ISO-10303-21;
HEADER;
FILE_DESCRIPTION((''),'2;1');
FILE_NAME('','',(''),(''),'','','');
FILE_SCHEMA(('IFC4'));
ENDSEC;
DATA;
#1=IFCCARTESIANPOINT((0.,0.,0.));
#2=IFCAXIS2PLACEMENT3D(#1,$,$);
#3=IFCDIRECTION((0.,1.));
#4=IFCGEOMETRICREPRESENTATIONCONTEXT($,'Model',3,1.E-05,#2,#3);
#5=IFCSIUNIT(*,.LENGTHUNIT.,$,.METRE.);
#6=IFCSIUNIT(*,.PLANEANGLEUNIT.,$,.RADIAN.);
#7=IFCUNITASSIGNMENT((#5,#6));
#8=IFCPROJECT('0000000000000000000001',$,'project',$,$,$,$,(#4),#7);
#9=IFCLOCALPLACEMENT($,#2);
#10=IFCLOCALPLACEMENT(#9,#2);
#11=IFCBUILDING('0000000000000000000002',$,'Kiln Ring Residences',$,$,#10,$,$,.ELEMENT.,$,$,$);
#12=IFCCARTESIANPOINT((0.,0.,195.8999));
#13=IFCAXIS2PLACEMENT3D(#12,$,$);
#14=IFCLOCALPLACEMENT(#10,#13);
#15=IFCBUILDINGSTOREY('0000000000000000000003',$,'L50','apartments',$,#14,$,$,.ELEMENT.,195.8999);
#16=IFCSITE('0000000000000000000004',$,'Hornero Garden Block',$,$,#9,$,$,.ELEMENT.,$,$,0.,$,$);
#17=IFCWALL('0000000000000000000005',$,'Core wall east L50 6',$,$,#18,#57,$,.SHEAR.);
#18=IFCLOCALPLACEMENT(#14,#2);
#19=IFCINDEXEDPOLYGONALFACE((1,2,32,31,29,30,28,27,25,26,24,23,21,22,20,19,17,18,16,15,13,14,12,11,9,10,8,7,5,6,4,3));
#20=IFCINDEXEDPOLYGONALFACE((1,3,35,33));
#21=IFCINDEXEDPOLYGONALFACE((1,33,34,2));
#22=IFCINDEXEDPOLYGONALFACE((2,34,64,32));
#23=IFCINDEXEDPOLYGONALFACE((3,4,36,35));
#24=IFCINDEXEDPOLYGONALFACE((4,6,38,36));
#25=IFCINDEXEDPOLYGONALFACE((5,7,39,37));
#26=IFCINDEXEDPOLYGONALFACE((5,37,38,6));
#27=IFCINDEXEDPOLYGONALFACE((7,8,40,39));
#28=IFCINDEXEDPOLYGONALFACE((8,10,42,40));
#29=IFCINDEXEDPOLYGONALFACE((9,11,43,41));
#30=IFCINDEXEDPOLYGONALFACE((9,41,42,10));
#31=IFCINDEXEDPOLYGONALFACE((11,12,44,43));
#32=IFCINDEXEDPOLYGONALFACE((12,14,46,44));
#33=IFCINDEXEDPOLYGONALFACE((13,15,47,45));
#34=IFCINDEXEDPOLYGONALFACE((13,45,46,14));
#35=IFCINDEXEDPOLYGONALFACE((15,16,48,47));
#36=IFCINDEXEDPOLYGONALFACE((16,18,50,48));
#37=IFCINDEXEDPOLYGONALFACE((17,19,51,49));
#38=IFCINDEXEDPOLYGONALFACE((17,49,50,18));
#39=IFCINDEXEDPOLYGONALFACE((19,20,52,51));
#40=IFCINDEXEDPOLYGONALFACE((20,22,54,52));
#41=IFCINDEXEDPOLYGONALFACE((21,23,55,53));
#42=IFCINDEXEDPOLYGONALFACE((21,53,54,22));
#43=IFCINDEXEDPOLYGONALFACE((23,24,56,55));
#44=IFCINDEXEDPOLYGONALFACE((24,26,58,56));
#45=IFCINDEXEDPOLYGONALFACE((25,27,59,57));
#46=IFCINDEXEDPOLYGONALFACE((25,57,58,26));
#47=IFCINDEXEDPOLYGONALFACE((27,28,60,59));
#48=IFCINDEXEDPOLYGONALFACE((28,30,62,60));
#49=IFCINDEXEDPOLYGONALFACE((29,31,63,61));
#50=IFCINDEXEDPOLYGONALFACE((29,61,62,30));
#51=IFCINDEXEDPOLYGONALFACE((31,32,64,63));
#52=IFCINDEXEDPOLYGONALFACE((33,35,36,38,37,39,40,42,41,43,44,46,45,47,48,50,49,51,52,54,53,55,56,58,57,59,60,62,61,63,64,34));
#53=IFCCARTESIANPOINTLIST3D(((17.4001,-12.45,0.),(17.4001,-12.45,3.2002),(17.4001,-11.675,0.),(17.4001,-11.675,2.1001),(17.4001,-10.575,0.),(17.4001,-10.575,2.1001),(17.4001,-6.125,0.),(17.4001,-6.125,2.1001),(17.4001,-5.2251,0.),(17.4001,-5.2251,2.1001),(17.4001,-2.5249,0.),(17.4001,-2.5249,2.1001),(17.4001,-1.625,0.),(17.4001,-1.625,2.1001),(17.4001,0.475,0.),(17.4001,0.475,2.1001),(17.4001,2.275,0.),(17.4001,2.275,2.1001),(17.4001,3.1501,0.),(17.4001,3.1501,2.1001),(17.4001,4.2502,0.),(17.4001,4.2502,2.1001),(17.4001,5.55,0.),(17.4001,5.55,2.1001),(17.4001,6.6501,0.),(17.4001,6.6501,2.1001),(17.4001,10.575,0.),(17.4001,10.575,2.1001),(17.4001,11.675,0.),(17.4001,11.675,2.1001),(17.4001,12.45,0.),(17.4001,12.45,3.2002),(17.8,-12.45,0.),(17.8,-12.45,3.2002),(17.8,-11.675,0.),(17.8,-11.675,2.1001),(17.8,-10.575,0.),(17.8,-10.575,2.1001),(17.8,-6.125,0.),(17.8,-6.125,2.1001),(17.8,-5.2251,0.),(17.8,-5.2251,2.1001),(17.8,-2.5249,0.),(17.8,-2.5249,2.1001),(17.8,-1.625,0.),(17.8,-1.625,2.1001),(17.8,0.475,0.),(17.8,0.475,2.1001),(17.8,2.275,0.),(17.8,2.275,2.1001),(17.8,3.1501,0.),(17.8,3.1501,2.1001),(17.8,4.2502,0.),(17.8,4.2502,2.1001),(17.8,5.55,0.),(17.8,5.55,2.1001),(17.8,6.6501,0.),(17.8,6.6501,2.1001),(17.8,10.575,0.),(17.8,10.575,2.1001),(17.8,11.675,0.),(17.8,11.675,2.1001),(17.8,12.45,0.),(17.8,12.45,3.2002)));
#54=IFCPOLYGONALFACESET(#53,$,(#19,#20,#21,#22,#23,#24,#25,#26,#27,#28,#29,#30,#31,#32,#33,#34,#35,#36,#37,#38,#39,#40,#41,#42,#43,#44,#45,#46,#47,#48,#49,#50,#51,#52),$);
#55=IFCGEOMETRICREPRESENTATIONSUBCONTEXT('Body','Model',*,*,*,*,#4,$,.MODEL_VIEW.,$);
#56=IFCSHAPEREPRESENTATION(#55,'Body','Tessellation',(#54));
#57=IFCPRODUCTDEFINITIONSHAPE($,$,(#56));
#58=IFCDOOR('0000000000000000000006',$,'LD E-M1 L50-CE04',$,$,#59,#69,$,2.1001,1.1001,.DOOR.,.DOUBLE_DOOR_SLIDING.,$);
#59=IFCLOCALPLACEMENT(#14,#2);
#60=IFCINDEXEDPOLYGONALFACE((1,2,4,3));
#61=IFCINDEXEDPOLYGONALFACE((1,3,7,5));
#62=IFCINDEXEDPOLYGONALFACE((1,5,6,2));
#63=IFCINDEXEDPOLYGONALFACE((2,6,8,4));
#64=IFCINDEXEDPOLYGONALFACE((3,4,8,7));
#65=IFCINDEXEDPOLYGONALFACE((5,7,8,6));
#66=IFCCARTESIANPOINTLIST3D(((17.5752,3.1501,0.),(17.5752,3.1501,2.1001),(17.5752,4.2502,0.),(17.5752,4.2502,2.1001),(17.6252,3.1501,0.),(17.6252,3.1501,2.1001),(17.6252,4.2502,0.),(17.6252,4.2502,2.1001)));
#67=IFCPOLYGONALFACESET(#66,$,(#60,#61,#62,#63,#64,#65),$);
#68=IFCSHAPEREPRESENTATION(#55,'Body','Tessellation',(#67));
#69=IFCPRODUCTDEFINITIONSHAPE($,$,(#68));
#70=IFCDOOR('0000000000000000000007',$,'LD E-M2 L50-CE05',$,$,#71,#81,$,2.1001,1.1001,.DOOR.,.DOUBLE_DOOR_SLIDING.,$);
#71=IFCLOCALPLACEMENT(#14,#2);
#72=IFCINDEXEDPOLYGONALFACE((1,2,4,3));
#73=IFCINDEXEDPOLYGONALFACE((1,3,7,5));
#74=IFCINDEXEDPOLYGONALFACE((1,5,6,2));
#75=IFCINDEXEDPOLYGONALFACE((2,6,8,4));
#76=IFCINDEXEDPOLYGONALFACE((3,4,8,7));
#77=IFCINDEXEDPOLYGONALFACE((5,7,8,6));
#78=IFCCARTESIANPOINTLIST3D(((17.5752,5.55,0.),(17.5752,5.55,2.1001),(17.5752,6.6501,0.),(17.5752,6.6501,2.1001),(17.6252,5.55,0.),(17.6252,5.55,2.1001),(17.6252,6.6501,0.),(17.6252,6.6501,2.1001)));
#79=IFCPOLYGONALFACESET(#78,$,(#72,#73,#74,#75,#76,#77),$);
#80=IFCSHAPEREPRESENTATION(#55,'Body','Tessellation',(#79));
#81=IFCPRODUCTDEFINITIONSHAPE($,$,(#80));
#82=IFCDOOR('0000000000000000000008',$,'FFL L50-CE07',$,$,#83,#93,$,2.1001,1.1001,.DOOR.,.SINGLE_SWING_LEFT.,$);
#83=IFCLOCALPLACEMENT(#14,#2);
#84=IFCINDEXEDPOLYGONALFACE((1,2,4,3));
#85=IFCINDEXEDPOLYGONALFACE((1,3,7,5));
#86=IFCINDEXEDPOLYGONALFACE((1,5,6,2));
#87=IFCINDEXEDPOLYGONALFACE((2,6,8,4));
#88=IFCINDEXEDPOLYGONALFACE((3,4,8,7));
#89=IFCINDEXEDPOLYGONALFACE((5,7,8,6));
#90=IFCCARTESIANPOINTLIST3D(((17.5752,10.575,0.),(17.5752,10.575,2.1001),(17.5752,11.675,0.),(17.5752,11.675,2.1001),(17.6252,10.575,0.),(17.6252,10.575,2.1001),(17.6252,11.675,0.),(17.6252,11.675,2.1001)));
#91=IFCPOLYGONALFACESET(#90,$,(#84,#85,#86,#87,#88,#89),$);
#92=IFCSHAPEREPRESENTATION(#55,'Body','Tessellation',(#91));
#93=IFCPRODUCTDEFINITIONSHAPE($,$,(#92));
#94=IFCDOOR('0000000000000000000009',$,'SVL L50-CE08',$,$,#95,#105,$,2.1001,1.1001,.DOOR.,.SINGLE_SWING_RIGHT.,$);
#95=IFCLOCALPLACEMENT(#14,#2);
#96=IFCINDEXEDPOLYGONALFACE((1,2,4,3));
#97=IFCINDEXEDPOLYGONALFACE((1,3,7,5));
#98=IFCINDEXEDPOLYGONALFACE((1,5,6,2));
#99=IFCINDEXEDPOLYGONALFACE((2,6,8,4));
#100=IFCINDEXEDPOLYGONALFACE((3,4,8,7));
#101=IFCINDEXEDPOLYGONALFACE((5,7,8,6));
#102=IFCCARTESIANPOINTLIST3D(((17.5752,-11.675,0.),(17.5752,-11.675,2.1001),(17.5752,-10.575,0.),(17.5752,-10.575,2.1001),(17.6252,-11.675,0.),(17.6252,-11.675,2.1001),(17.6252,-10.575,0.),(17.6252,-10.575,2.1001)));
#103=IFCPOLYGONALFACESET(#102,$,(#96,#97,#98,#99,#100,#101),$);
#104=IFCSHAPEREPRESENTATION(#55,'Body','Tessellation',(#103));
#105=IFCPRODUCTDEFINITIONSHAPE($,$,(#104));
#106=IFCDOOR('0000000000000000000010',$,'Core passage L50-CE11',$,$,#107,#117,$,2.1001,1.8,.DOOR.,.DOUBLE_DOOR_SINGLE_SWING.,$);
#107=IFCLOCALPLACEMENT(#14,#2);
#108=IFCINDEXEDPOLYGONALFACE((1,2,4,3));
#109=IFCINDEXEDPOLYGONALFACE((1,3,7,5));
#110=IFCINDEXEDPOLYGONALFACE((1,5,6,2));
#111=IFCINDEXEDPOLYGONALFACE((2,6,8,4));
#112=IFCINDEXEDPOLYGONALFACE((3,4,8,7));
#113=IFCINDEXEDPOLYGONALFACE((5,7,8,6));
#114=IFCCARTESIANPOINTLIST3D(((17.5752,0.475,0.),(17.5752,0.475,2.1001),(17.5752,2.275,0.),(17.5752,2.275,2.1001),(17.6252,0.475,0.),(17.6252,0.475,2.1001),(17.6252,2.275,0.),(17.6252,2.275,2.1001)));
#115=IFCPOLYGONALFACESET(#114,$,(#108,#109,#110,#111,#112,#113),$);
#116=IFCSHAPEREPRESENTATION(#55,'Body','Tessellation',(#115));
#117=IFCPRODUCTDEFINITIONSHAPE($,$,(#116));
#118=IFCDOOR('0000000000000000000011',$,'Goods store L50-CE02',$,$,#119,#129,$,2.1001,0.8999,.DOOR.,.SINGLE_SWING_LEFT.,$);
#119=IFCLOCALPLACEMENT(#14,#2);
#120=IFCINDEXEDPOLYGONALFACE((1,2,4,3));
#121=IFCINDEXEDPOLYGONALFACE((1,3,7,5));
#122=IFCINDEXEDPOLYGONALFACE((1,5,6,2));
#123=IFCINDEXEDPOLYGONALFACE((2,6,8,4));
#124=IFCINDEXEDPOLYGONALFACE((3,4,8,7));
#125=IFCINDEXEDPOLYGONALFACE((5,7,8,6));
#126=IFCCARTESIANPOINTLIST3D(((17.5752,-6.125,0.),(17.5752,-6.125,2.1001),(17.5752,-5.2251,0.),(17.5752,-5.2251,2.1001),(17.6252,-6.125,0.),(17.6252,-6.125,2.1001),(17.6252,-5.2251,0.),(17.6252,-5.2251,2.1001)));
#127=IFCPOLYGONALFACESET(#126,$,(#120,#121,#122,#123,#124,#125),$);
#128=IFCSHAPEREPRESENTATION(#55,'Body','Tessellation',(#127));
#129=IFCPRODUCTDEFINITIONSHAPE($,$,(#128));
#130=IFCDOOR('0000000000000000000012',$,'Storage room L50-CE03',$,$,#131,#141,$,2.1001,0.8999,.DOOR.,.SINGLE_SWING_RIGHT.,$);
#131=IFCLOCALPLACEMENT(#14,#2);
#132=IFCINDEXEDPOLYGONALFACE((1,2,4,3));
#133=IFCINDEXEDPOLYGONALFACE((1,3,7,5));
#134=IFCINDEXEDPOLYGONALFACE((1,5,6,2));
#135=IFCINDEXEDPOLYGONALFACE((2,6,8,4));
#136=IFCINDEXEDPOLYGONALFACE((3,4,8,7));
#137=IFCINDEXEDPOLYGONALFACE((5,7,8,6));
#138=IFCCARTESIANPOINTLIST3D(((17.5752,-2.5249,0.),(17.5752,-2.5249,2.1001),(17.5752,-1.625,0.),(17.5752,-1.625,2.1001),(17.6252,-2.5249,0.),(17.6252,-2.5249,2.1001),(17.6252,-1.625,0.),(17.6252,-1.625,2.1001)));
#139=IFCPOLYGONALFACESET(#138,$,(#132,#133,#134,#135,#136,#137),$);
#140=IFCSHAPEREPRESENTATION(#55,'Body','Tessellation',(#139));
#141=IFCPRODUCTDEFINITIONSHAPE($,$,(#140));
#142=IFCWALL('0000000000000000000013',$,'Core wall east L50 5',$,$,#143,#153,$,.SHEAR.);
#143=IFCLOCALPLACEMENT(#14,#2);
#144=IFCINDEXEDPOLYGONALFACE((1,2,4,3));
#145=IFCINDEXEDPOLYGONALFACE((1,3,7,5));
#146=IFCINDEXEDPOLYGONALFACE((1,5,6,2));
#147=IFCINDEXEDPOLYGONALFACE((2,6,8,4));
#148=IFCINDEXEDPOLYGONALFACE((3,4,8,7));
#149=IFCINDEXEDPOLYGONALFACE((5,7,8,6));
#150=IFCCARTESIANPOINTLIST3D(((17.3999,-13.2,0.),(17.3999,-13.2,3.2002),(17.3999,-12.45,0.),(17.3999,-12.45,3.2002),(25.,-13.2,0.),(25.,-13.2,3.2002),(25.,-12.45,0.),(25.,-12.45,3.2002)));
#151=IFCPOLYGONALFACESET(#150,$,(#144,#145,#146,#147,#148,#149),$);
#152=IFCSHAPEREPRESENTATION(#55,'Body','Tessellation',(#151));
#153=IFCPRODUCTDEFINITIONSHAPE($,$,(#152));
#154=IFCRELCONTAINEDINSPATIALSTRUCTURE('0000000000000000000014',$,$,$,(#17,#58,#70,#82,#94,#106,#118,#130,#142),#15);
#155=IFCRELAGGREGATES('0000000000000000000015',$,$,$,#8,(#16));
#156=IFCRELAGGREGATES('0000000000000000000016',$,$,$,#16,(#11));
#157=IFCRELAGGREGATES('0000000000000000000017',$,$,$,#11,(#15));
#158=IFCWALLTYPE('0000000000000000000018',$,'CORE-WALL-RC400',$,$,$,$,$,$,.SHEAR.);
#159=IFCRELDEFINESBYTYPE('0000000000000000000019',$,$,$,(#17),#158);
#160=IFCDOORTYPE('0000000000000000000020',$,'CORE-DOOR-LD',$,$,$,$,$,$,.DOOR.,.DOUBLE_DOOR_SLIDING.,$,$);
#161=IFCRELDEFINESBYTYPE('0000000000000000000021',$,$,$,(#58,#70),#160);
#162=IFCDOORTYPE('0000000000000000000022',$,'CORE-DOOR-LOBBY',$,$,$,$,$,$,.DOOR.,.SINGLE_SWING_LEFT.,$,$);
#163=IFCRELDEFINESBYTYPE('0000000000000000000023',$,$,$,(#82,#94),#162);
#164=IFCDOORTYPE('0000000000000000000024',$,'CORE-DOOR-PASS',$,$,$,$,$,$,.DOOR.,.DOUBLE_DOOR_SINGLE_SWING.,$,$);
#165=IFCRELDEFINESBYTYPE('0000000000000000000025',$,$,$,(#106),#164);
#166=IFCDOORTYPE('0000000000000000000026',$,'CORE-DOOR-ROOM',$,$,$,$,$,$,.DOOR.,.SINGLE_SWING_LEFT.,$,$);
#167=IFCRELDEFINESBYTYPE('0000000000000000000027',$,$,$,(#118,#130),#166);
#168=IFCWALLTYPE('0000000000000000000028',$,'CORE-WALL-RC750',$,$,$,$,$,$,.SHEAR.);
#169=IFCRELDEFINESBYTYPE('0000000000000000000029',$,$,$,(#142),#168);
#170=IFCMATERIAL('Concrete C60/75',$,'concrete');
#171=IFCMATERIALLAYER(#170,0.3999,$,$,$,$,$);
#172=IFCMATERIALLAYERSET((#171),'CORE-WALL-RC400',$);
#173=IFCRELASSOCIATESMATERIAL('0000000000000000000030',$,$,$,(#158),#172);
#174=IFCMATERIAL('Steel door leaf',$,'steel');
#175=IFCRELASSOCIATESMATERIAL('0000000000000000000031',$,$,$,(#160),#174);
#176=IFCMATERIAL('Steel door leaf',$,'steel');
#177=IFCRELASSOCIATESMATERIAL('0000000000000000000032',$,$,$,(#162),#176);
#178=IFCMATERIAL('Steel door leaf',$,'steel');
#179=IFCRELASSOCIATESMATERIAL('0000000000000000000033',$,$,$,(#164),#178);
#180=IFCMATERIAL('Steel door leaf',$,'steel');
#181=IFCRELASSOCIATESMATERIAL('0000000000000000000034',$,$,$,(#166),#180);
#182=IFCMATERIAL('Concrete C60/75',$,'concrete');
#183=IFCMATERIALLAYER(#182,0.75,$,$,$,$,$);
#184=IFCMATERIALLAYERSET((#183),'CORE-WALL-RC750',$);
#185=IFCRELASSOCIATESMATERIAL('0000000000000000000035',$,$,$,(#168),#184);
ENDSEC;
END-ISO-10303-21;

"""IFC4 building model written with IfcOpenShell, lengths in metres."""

from ifc_helpers import new_model, si_unit, direction, frame, frame_2d, origin, place, context, subcontext, project, spatial, rectangle, extrude, material, layer, layer_set, type_object, element, fill, save


model = new_model("IFC4")

# Units and contexts
model_context = context("Model", 3, precision=1e-05, world=origin(), true_north=direction((0.0, 1.0)))
body_context = subcontext(model_context, "Body", "Model", "MODEL_VIEW")
ifc_project = project(units=[si_unit("LENGTHUNIT", "METRE"), si_unit("PLANEANGLEUNIT", "RADIAN")], contexts=[model_context])

# Site, building, storey
site_placement = place(None, origin())
site = spatial("IfcSite", under=ifc_project, at=site_placement, Name="Hornero Garden Block", CompositionType="ELEMENT", RefElevation=0.0)
building_placement = place(site_placement, origin())
building = spatial("IfcBuilding", under=site, at=building_placement, Name="Kiln Ring Residences", CompositionType="ELEMENT")
storey_placement = place(building_placement, frame((0.0, 0.0, 195.8999)))
storey = spatial("IfcBuildingStorey", under=building, at=storey_placement, Name="L50", Description="apartments", CompositionType="ELEMENT", Elevation=195.8999)

# Wall, openings, doors
ifc_material_1 = material(Name="Concrete C60/75", Category="concrete")
ifc_layer_1 = layer(ifc_material_1, 0.3999)
ifc_layer_set_1 = layer_set([ifc_layer_1], Name="CORE-WALL-RC400")
wall_type_1 = type_object("IfcWallType", Name="CORE-WALL-RC400", PredefinedType="SHEAR", material=ifc_layer_set_1)
wall_1_placement = place(storey_placement, frame((17.6001, -12.45, 0.0), z_axis=(0.0, 0.0, 1.0), x_axis=(0.0, 1.0, 0.0)))
wall_1 = element("IfcWall", 1, at=wall_1_placement, inside=storey, type_object=wall_type_1, Name="Core wall east L50 6", PredefinedType="SHEAR", context=body_context, shape_type="SweptSolid", body=[
    extrude(rectangle(XDim=24.8999, YDim=0.3999, at=frame_2d((12.45, 0.0))), origin(), (0.0, 0.0, 1.0), 3.2002),
])
opening_1_placement = place(wall_1_placement, frame((6.325, 0.0, 0.0)))
opening_1 = element("IfcOpeningElement", 2, at=opening_1_placement, cuts=wall_1, PredefinedType="OPENING", context=body_context, shape_type="SweptSolid", body=[
    extrude(rectangle(XDim=0.8999, YDim=2.1001, at=frame_2d((0.45, 1.05))), frame((0.0, 0.21, 0.0), z_axis=(0.0, -1.0, 0.0), x_axis=(1.0, 0.0, 0.0)), (0.0, 0.0, 1.0), 0.4199),
])
opening_2_placement = place(wall_1_placement, frame((9.925, 0.0, 0.0)))
opening_2 = element("IfcOpeningElement", 3, at=opening_2_placement, cuts=wall_1, PredefinedType="OPENING", context=body_context, shape_type="SweptSolid", body=[
    extrude(rectangle(XDim=0.8999, YDim=2.1001, at=frame_2d((0.45, 1.05))), frame((0.0, 0.21, 0.0), z_axis=(0.0, -1.0, 0.0), x_axis=(1.0, 0.0, 0.0)), (0.0, 0.0, 1.0), 0.4199),
])
opening_3_placement = place(wall_1_placement, frame((15.6001, 0.0, 0.0)))
opening_3 = element("IfcOpeningElement", 4, at=opening_3_placement, cuts=wall_1, PredefinedType="OPENING", context=body_context, shape_type="SweptSolid", body=[
    extrude(rectangle(XDim=1.1001, YDim=2.1001, at=frame_2d((0.55, 1.05))), frame((0.0, 0.21, 0.0), z_axis=(0.0, -1.0, 0.0), x_axis=(1.0, 0.0, 0.0)), (0.0, 0.0, 1.0), 0.4199),
])
opening_4_placement = place(wall_1_placement, frame((18.0, 0.0, 0.0)))
opening_4 = element("IfcOpeningElement", 5, at=opening_4_placement, cuts=wall_1, PredefinedType="OPENING", context=body_context, shape_type="SweptSolid", body=[
    extrude(rectangle(XDim=1.1001, YDim=2.1001, at=frame_2d((0.55, 1.05))), frame((0.0, 0.21, 0.0), z_axis=(0.0, -1.0, 0.0), x_axis=(1.0, 0.0, 0.0)), (0.0, 0.0, 1.0), 0.4199),
])
opening_5_placement = place(wall_1_placement, frame((23.0249, 0.0, 0.0)))
opening_5 = element("IfcOpeningElement", 6, at=opening_5_placement, cuts=wall_1, PredefinedType="OPENING", context=body_context, shape_type="SweptSolid", body=[
    extrude(rectangle(XDim=1.1001, YDim=2.1001, at=frame_2d((0.55, 1.05))), frame((0.0, 0.21, 0.0), z_axis=(0.0, -1.0, 0.0), x_axis=(1.0, 0.0, 0.0)), (0.0, 0.0, 1.0), 0.4199),
])
opening_6_placement = place(wall_1_placement, frame((0.7749, 0.0, 0.0)))
opening_6 = element("IfcOpeningElement", 7, at=opening_6_placement, cuts=wall_1, PredefinedType="OPENING", context=body_context, shape_type="SweptSolid", body=[
    extrude(rectangle(XDim=1.1001, YDim=2.1001, at=frame_2d((0.55, 1.05))), frame((0.0, 0.21, 0.0), z_axis=(0.0, -1.0, 0.0), x_axis=(1.0, 0.0, 0.0)), (0.0, 0.0, 1.0), 0.4199),
])
opening_7_placement = place(wall_1_placement, frame((12.925, 0.0, 0.0)))
opening_7 = element("IfcOpeningElement", 8, at=opening_7_placement, cuts=wall_1, PredefinedType="OPENING", context=body_context, shape_type="SweptSolid", body=[
    extrude(rectangle(XDim=1.8, YDim=2.1001, at=frame_2d((0.8999, 1.05))), frame((0.0, 0.21, 0.0), z_axis=(0.0, -1.0, 0.0), x_axis=(1.0, 0.0, 0.0)), (0.0, 0.0, 1.0), 0.4199),
])
ifc_material_2 = material(Name="Steel door leaf", Category="steel")
door_type_1 = type_object("IfcDoorType", Name="CORE-DOOR-LD", OperationType="DOUBLE_DOOR_SLIDING", PredefinedType="DOOR", material=ifc_material_2)
door_1_placement = place(opening_3_placement, origin())
door_1 = element("IfcDoor", 9, at=door_1_placement, inside=storey, type_object=door_type_1, Name="LD E-M1 L50-CE04", OperationType="DOUBLE_DOOR_SLIDING", OverallHeight=2.1001, OverallWidth=1.1001, PredefinedType="DOOR", context=body_context, shape_type="SweptSolid", body=[
    extrude(rectangle(XDim=1.1001, YDim=2.1001, at=frame_2d((0.55, 1.05))), frame((0.0, 0.0249, 0.0), z_axis=(0.0, -1.0, 0.0), x_axis=(1.0, 0.0, 0.0)), (0.0, 0.0, 1.0), 0.05),
])
fill(opening_3, door_1)
door_2_placement = place(opening_4_placement, origin())
door_2 = element("IfcDoor", 10, at=door_2_placement, inside=storey, type_object=door_type_1, Name="LD E-M2 L50-CE05", OperationType="DOUBLE_DOOR_SLIDING", OverallHeight=2.1001, OverallWidth=1.1001, PredefinedType="DOOR", context=body_context, shape_type="SweptSolid", body=[
    extrude(rectangle(XDim=1.1001, YDim=2.1001, at=frame_2d((0.55, 1.05))), frame((0.0, 0.0249, 0.0), z_axis=(0.0, -1.0, 0.0), x_axis=(1.0, 0.0, 0.0)), (0.0, 0.0, 1.0), 0.05),
])
fill(opening_4, door_2)
ifc_material_3 = material(Name="Steel door leaf", Category="steel")
door_type_2 = type_object("IfcDoorType", Name="CORE-DOOR-LOBBY", OperationType="SINGLE_SWING_LEFT", PredefinedType="DOOR", material=ifc_material_3)
door_3_placement = place(opening_5_placement, origin())
door_3 = element("IfcDoor", 11, at=door_3_placement, inside=storey, type_object=door_type_2, Name="FFL L50-CE07", OperationType="SINGLE_SWING_LEFT", OverallHeight=2.1001, OverallWidth=1.1001, PredefinedType="DOOR", context=body_context, shape_type="SweptSolid", body=[
    extrude(rectangle(XDim=1.1001, YDim=2.1001, at=frame_2d((0.55, 1.05))), frame((0.0, 0.0249, 0.0), z_axis=(0.0, -1.0, 0.0), x_axis=(1.0, 0.0, 0.0)), (0.0, 0.0, 1.0), 0.05),
])
fill(opening_5, door_3)
door_4_placement = place(opening_6_placement, origin())
door_4 = element("IfcDoor", 12, at=door_4_placement, inside=storey, type_object=door_type_2, Name="SVL L50-CE08", OperationType="SINGLE_SWING_RIGHT", OverallHeight=2.1001, OverallWidth=1.1001, PredefinedType="DOOR", context=body_context, shape_type="SweptSolid", body=[
    extrude(rectangle(XDim=1.1001, YDim=2.1001, at=frame_2d((0.55, 1.05))), frame((0.0, 0.0249, 0.0), z_axis=(0.0, -1.0, 0.0), x_axis=(1.0, 0.0, 0.0)), (0.0, 0.0, 1.0), 0.05),
])
fill(opening_6, door_4)
ifc_material_4 = material(Name="Steel door leaf", Category="steel")
door_type_3 = type_object("IfcDoorType", Name="CORE-DOOR-PASS", OperationType="DOUBLE_DOOR_SINGLE_SWING", PredefinedType="DOOR", material=ifc_material_4)
door_5_placement = place(opening_7_placement, origin())
door_5 = element("IfcDoor", 13, at=door_5_placement, inside=storey, type_object=door_type_3, Name="Core passage L50-CE11", OperationType="DOUBLE_DOOR_SINGLE_SWING", OverallHeight=2.1001, OverallWidth=1.8, PredefinedType="DOOR", context=body_context, shape_type="SweptSolid", body=[
    extrude(rectangle(XDim=1.8, YDim=2.1001, at=frame_2d((0.8999, 1.05))), frame((0.0, 0.0249, 0.0), z_axis=(0.0, -1.0, 0.0), x_axis=(1.0, 0.0, 0.0)), (0.0, 0.0, 1.0), 0.05),
])
fill(opening_7, door_5)
ifc_material_5 = material(Name="Steel door leaf", Category="steel")
door_type_4 = type_object("IfcDoorType", Name="CORE-DOOR-ROOM", OperationType="SINGLE_SWING_LEFT", PredefinedType="DOOR", material=ifc_material_5)
door_6_placement = place(opening_1_placement, origin())
door_6 = element("IfcDoor", 14, at=door_6_placement, inside=storey, type_object=door_type_4, Name="Goods store L50-CE02", OperationType="SINGLE_SWING_LEFT", OverallHeight=2.1001, OverallWidth=0.8999, PredefinedType="DOOR", context=body_context, shape_type="SweptSolid", body=[
    extrude(rectangle(XDim=0.8999, YDim=2.1001, at=frame_2d((0.45, 1.05))), frame((0.0, 0.0249, 0.0), z_axis=(0.0, -1.0, 0.0), x_axis=(1.0, 0.0, 0.0)), (0.0, 0.0, 1.0), 0.05),
])
fill(opening_1, door_6)
door_7_placement = place(opening_2_placement, origin())
door_7 = element("IfcDoor", 15, at=door_7_placement, inside=storey, type_object=door_type_4, Name="Storage room L50-CE03", OperationType="SINGLE_SWING_RIGHT", OverallHeight=2.1001, OverallWidth=0.8999, PredefinedType="DOOR", context=body_context, shape_type="SweptSolid", body=[
    extrude(rectangle(XDim=0.8999, YDim=2.1001, at=frame_2d((0.45, 1.05))), frame((0.0, 0.0249, 0.0), z_axis=(0.0, -1.0, 0.0), x_axis=(1.0, 0.0, 0.0)), (0.0, 0.0, 1.0), 0.05),
])
fill(opening_2, door_7)

# Wall
ifc_material_6 = material(Name="Concrete C60/75", Category="concrete")
ifc_layer_2 = layer(ifc_material_6, 0.75)
ifc_layer_set_2 = layer_set([ifc_layer_2], Name="CORE-WALL-RC750")
wall_type_2 = type_object("IfcWallType", Name="CORE-WALL-RC750", PredefinedType="SHEAR", material=ifc_layer_set_2)
wall_2_placement = place(storey_placement, frame((17.3999, -12.825, 0.0), z_axis=(0.0, 0.0, 1.0), x_axis=(1.0, 0.0, 0.0)))
element("IfcWall", 16, at=wall_2_placement, inside=storey, type_object=wall_type_2, Name="Core wall east L50 5", PredefinedType="SHEAR", context=body_context, shape_type="SweptSolid", body=[
    extrude(rectangle(XDim=7.6001, YDim=0.75, at=frame_2d((3.8, 0.0))), origin(), (0.0, 0.0, 1.0), 3.2002),
])

save(model, "model.ifc")
